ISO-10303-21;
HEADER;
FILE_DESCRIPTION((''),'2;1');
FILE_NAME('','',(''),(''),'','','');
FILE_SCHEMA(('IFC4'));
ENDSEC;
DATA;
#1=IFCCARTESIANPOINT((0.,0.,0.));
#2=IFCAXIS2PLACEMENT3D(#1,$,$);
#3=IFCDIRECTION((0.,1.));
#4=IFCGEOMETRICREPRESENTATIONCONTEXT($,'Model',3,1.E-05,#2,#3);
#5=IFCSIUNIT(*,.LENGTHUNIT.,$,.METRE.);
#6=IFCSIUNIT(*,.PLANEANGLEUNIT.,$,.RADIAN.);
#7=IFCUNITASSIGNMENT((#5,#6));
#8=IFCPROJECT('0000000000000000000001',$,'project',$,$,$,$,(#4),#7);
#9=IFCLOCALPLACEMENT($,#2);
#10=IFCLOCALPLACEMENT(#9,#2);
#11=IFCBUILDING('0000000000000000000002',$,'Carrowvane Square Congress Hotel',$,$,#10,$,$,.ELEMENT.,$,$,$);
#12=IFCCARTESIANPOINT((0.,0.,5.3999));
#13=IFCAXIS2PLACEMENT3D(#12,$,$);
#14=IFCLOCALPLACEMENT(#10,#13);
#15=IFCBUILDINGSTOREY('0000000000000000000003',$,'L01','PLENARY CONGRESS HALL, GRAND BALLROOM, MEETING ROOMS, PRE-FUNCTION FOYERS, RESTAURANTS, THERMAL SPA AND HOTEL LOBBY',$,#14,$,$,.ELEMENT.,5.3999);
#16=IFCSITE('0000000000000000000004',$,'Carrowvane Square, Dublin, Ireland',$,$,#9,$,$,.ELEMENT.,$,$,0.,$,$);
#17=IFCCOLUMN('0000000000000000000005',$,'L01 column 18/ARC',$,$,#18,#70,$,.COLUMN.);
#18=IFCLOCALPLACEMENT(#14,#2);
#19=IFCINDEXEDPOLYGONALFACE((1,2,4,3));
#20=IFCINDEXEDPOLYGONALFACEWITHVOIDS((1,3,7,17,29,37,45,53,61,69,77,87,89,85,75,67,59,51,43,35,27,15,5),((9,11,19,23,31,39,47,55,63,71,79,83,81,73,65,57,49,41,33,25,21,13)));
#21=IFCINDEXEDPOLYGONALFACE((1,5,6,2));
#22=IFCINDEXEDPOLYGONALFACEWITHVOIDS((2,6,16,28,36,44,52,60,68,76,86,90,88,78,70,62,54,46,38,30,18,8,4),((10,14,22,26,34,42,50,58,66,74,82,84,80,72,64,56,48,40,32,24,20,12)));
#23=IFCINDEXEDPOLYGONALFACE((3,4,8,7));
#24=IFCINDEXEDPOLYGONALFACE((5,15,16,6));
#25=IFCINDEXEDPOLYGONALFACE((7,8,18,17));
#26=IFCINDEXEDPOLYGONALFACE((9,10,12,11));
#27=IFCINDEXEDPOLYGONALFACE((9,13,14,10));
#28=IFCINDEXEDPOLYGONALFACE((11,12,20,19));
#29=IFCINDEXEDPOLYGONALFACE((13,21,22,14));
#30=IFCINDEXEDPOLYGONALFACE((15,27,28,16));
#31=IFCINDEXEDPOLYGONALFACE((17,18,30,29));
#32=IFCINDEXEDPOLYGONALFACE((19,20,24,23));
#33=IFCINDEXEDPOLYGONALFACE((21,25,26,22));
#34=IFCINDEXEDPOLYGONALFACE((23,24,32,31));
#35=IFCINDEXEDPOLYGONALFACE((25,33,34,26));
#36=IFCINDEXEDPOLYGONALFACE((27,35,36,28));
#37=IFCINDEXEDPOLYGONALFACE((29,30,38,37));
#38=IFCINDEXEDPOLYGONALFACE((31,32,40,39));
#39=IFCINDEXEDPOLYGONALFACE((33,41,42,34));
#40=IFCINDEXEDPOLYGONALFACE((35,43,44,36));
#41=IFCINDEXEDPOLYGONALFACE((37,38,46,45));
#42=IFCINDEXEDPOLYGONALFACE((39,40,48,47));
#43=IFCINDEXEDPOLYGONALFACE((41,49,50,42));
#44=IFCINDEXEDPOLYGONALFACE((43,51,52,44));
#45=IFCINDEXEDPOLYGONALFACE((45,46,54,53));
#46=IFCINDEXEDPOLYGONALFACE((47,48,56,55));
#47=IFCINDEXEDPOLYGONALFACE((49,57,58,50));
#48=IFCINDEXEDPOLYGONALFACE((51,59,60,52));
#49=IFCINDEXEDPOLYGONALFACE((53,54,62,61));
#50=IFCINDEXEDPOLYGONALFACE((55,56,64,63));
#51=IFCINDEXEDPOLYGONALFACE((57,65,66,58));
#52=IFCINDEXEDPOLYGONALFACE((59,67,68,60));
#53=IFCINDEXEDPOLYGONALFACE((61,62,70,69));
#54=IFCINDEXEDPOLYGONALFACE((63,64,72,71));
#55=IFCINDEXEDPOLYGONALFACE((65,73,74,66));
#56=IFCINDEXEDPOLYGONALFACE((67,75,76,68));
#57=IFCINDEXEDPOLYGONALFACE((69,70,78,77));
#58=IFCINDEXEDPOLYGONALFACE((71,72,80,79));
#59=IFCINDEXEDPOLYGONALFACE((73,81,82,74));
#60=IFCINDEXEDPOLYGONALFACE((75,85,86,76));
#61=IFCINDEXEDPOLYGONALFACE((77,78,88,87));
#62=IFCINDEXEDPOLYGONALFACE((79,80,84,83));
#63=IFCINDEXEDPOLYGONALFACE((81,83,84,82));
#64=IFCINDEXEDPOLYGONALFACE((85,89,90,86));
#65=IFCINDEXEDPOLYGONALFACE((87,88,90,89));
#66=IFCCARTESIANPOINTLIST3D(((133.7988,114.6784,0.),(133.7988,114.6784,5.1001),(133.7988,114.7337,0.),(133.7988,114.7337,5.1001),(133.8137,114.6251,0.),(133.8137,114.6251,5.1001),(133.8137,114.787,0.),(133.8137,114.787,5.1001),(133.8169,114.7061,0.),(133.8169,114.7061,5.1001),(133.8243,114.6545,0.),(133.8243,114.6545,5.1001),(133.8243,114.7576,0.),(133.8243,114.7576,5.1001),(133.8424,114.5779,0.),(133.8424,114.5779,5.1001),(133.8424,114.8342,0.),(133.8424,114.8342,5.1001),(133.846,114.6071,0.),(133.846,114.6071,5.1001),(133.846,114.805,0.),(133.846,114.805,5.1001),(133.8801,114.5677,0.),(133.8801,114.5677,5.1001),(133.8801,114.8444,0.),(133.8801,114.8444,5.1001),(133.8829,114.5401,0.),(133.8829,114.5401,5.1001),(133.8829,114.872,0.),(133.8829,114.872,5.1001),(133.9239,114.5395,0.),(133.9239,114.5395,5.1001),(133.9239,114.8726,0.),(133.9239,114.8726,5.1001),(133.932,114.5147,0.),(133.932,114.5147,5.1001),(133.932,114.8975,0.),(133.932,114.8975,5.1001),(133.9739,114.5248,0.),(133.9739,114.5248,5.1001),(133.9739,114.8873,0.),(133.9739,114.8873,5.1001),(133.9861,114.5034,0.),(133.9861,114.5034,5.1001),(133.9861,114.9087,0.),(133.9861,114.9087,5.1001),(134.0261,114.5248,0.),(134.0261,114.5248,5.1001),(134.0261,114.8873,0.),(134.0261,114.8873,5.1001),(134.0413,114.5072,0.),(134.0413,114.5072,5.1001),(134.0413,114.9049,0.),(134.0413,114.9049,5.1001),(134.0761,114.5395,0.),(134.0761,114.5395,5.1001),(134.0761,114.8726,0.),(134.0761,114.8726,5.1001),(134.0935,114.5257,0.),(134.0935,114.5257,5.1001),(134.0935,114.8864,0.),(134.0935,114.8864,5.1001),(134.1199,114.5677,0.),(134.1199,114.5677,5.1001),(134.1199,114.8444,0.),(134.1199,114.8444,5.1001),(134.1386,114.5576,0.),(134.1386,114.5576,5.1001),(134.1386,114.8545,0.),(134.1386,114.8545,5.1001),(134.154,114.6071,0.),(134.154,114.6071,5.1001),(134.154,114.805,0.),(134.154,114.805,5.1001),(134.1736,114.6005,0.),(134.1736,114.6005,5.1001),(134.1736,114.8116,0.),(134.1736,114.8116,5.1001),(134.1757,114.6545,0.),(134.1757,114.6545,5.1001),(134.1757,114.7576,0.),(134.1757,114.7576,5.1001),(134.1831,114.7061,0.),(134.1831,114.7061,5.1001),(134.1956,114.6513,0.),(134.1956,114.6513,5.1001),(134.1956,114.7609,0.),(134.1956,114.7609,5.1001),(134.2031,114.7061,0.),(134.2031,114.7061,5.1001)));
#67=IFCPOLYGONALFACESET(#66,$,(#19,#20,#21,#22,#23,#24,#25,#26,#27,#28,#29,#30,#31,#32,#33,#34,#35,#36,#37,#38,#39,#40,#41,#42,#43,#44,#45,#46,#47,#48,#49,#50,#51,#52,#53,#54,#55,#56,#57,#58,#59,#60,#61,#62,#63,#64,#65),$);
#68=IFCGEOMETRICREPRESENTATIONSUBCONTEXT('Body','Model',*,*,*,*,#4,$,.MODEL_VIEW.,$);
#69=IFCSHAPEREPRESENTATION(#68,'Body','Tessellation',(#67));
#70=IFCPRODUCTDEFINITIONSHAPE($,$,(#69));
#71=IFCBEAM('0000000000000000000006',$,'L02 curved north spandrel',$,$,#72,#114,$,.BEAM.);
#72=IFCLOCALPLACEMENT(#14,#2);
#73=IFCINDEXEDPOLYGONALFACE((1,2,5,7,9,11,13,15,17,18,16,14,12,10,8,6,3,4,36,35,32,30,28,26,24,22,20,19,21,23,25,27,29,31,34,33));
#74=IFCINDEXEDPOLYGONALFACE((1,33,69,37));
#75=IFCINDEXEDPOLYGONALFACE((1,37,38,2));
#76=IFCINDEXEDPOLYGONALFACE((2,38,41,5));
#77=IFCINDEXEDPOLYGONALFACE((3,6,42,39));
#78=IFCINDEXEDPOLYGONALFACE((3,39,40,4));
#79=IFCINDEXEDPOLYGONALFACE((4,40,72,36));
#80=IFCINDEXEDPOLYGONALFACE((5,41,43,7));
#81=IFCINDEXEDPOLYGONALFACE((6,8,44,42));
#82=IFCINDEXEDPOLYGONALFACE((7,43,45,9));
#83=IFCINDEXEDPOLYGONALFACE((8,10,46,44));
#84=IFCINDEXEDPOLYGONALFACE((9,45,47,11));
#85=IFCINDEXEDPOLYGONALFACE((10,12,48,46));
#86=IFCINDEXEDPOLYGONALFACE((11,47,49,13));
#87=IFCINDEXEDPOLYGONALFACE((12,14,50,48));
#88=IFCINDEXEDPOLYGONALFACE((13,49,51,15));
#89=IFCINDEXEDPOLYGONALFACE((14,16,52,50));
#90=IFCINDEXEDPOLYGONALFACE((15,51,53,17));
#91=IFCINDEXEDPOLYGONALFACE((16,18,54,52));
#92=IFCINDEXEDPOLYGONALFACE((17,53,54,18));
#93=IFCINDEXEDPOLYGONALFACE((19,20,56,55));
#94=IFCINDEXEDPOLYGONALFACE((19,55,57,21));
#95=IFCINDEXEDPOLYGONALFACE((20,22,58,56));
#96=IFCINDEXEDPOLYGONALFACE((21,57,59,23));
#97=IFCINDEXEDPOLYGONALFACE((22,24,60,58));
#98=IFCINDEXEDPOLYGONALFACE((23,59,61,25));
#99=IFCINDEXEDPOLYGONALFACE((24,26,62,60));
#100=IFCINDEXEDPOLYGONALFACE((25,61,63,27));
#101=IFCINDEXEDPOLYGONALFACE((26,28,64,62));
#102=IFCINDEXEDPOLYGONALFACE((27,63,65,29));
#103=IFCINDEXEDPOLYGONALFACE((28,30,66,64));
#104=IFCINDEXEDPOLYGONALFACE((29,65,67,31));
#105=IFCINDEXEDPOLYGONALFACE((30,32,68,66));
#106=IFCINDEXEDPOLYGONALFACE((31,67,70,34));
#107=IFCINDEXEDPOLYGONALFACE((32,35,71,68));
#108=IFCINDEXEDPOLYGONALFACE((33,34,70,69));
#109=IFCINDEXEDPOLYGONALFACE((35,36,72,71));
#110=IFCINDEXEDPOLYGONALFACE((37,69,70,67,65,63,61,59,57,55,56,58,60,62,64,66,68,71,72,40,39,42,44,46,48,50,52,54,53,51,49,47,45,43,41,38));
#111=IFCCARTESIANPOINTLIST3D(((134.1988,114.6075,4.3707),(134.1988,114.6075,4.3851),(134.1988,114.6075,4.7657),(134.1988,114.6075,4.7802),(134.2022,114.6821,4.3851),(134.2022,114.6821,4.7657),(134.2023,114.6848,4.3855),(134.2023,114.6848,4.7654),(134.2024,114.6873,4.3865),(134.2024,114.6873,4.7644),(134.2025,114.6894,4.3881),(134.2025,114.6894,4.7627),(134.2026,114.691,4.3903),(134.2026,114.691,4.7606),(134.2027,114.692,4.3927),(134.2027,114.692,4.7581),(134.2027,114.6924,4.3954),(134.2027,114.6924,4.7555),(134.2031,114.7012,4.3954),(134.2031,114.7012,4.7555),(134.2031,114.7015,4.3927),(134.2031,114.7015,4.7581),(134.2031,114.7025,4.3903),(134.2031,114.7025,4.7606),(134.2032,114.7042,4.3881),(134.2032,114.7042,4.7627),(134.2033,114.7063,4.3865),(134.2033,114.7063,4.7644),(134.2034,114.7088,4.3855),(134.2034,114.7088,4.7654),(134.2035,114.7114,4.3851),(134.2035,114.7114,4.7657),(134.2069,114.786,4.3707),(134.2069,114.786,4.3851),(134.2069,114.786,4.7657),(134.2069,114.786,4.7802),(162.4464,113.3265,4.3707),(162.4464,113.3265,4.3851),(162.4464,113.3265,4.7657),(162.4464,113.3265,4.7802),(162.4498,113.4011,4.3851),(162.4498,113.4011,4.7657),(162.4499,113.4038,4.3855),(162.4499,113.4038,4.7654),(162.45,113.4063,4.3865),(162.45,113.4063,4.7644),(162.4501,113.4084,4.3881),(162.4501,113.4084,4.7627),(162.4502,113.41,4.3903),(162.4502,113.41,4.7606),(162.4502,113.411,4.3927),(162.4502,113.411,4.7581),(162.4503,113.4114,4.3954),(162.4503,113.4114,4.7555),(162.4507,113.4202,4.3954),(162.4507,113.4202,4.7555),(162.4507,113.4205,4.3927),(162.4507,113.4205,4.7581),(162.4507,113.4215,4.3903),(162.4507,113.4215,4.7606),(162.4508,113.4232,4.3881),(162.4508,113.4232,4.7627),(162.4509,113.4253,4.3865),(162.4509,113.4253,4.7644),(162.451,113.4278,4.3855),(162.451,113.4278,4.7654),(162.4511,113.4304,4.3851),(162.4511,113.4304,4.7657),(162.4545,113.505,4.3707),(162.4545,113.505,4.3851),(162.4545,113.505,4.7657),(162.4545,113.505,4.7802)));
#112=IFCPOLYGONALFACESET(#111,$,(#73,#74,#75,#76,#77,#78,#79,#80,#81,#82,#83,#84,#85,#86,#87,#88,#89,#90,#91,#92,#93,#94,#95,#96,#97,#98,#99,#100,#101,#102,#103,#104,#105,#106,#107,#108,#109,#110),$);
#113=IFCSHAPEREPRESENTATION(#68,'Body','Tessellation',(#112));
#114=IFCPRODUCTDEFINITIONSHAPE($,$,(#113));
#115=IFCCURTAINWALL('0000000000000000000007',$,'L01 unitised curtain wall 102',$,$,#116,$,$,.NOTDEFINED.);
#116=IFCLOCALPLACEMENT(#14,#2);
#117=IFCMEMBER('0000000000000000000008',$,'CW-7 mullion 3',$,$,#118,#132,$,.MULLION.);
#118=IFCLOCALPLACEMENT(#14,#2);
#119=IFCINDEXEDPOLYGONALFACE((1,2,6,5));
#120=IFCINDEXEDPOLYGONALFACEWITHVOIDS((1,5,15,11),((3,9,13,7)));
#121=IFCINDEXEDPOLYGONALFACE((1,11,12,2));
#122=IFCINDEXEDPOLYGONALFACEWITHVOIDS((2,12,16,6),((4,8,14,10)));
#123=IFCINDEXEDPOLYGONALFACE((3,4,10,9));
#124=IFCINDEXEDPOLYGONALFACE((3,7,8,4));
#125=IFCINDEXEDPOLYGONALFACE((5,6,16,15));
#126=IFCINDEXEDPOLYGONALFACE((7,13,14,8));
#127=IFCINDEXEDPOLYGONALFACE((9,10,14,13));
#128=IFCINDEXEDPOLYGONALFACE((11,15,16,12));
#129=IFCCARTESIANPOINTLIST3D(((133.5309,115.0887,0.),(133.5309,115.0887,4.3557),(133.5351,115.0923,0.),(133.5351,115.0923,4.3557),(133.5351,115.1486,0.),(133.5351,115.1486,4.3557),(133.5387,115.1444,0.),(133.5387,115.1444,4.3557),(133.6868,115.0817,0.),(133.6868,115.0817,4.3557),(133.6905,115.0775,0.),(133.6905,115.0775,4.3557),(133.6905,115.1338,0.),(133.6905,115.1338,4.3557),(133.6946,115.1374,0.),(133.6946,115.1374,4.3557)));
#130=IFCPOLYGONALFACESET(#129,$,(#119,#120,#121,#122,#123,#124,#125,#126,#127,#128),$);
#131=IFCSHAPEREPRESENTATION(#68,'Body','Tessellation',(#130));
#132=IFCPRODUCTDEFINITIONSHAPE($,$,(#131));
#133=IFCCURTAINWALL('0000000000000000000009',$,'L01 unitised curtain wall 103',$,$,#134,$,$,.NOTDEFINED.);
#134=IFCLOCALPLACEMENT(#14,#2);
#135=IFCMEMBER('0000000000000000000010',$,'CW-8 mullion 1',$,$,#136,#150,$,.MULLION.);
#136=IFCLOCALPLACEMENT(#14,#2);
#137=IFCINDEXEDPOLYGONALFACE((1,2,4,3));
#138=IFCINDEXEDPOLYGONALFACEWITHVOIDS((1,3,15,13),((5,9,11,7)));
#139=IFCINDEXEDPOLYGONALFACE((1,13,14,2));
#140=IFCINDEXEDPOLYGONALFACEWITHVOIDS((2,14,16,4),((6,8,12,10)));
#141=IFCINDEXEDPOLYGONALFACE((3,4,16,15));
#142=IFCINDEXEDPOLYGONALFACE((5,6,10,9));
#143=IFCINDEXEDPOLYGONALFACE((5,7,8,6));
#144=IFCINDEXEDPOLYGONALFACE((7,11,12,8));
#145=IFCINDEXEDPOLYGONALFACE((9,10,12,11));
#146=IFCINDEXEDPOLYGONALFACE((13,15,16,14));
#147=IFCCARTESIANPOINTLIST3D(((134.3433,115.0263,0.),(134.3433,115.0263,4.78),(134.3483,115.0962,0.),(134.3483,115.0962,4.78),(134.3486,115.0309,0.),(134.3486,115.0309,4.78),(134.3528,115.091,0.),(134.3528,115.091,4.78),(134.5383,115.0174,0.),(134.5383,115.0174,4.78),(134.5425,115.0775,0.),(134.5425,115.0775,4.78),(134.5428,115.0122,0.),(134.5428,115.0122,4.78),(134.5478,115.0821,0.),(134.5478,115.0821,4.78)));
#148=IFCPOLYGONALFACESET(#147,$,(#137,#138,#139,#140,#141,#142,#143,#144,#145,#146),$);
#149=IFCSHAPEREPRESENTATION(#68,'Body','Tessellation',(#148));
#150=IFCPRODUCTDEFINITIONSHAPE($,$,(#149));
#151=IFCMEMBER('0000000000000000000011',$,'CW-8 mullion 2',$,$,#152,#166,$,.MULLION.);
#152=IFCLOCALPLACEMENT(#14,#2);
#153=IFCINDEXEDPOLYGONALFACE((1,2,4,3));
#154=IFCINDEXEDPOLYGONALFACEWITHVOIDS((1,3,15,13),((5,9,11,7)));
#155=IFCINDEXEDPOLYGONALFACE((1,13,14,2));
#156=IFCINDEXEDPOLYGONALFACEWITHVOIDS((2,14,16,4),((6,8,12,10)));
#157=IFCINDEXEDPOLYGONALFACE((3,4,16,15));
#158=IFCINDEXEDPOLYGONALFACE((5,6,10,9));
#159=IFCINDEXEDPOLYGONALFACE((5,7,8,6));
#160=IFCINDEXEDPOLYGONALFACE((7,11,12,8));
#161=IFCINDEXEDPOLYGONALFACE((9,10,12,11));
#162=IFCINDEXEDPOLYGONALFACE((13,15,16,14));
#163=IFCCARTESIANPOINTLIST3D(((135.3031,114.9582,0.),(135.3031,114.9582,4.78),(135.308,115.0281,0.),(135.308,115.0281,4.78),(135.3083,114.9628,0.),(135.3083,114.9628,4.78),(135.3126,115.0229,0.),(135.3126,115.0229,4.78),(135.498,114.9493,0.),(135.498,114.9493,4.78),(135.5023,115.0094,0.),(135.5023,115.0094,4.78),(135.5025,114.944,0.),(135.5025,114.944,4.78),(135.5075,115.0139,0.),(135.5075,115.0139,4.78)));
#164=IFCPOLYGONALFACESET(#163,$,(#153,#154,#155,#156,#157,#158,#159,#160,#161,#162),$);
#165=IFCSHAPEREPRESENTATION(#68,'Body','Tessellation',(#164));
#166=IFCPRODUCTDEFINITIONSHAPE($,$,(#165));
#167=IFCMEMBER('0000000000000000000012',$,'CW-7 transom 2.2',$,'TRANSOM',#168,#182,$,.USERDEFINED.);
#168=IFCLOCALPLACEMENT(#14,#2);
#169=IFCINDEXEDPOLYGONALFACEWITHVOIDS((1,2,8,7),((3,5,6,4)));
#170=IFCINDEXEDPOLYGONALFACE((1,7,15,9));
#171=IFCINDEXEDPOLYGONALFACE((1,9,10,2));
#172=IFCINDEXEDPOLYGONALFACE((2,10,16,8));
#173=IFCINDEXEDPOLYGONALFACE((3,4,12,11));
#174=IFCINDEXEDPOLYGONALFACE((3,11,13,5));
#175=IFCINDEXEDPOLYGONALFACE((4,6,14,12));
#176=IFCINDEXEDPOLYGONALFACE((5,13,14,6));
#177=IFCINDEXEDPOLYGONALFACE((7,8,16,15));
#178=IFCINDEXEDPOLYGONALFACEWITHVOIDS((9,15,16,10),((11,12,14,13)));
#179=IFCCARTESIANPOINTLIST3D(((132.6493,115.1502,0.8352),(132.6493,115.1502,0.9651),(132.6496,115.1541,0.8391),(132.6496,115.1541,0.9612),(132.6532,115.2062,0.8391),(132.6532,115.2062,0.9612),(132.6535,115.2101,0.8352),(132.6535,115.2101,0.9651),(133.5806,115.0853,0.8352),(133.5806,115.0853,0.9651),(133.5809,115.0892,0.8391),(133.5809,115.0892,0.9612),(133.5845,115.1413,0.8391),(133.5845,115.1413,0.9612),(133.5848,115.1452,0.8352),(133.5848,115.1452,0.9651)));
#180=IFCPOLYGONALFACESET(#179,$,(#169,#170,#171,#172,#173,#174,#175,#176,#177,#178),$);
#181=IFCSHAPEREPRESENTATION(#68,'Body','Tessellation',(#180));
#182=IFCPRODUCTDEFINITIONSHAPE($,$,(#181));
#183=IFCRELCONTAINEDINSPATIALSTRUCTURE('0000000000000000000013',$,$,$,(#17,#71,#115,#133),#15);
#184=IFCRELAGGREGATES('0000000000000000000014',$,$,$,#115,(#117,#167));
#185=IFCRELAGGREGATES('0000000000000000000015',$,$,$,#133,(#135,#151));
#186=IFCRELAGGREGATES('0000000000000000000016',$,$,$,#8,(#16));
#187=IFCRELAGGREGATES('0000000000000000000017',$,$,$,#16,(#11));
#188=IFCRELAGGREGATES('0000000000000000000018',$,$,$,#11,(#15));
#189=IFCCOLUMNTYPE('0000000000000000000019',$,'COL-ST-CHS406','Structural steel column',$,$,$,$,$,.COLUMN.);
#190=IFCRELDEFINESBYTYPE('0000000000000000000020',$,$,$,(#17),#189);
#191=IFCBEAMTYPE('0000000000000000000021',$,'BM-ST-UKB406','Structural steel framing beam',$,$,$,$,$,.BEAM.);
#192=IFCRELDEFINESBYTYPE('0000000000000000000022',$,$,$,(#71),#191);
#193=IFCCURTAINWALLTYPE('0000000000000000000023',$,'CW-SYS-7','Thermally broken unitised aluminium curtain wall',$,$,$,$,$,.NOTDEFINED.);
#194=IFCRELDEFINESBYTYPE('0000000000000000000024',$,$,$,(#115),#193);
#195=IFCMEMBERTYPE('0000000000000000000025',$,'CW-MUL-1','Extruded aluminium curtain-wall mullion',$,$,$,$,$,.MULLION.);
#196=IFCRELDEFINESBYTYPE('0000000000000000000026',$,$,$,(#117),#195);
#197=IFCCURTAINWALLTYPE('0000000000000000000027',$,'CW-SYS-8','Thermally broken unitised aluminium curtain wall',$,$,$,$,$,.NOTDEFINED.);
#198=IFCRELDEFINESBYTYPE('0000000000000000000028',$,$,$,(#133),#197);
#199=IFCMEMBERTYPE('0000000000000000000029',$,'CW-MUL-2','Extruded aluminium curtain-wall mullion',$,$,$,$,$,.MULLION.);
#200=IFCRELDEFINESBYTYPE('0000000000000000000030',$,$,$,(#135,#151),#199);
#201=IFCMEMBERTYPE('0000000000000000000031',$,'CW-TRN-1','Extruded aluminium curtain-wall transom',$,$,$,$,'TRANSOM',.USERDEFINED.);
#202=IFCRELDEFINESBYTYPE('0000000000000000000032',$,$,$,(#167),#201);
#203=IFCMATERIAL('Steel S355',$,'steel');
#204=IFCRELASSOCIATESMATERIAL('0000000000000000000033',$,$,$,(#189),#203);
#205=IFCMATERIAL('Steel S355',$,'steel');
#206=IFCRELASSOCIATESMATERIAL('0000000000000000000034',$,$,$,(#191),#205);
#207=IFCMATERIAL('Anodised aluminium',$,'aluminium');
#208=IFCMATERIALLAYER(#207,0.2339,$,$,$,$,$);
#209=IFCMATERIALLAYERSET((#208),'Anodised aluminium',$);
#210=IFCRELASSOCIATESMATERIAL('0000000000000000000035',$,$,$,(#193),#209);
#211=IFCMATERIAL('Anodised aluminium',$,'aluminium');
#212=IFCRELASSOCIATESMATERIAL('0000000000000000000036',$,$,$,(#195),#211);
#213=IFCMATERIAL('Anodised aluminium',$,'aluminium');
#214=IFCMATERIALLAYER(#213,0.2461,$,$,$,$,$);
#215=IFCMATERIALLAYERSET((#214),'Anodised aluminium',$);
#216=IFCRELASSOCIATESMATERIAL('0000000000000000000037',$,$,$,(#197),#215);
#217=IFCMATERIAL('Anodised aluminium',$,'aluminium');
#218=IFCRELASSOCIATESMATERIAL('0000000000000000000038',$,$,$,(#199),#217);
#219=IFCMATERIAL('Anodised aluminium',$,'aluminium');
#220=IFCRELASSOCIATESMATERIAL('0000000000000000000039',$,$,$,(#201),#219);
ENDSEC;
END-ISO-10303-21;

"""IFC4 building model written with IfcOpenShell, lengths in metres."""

from ifc_helpers import new_model, si_unit, direction, frame, origin, origin_2d, place, context, subcontext, project, spatial, hollow_rectangle, hollow_circle, i_section, extrude, material, layer, layer_set, material_profile, profile_set, type_object, element, aggregate, save


model = new_model("IFC4")

# Units and contexts
model_context = context("Model", 3, precision=1e-05, world=origin(), true_north=direction((0.0, 1.0)))
body_context = subcontext(model_context, "Body", "Model", "MODEL_VIEW")
ifc_project = project(units=[si_unit("LENGTHUNIT", "METRE"), si_unit("PLANEANGLEUNIT", "RADIAN")], contexts=[model_context])

# Site, building, storey
site_placement = place(None, origin())
site = spatial("IfcSite", under=ifc_project, at=site_placement, Name="Carrowvane Square, Dublin, Ireland", CompositionType="ELEMENT", RefElevation=0.0)
building_placement = place(site_placement, origin())
building = spatial("IfcBuilding", under=site, at=building_placement, Name="Carrowvane Square Congress Hotel", CompositionType="ELEMENT")
storey_placement = place(building_placement, frame((0.0, 0.0, 5.3999)))
storey = spatial("IfcBuildingStorey", under=building, at=storey_placement, Name="L01", Description="PLENARY CONGRESS HALL, GRAND BALLROOM, MEETING ROOMS, PRE-FUNCTION FOYERS, RESTAURANTS, THERMAL SPA AND HOTEL LOBBY", CompositionType="ELEMENT", Elevation=5.3999)

# Column
ifc_material_1 = material(Name="Steel S355", Category="steel")
ifc_material_profile_1 = material_profile(ifc_material_1, hollow_circle(Radius=0.2031, WallThickness=0.02, at=origin_2d()), Name="CHS 406.4x20")
ifc_profile_set_1 = profile_set([ifc_material_profile_1], Name="Steel S355")
column_type = type_object("IfcColumnType", Name="COL-ST-CHS406", Description="Structural steel column", PredefinedType="COLUMN", material=ifc_profile_set_1)
column_placement = place(storey_placement, frame((134.0, 114.7061, 0.0), z_axis=(0.0, 0.0, 1.0), x_axis=(1.0, 0.0, 0.0)))
element("IfcColumn", 1, at=column_placement, inside=storey, type_object=column_type, Name="L01 column 18/ARC", PredefinedType="COLUMN", context=body_context, shape_type="SweptSolid", body=[
    extrude(hollow_circle(Radius=0.2031, WallThickness=0.02, at=origin_2d()), origin(), (0.0, 0.0, 1.0), 5.1001),
])

# Beam
ifc_material_2 = material(Name="Steel S355", Category="steel")
ifc_material_profile_2 = material_profile(ifc_material_2, i_section(OverallWidth=0.1787, OverallDepth=0.4094, WebThickness=0.0088, FlangeThickness=0.0144, FilletRadius=0.0103, at=origin_2d()), Name="UKB 406x178x67")
ifc_profile_set_2 = profile_set([ifc_material_profile_2], Name="Steel S355")
beam_type = type_object("IfcBeamType", Name="BM-ST-UKB406", Description="Structural steel framing beam", PredefinedType="BEAM", material=ifc_profile_set_2)
beam_placement = place(storey_placement, frame((134.2029, 114.6968, 4.5754), z_axis=(0.998973, -0.045303, 0.0), x_axis=(0.045303, 0.998973, 0.0)))
element("IfcBeam", 2, at=beam_placement, inside=storey, type_object=beam_type, Name="L02 curved north spandrel", PredefinedType="BEAM", context=body_context, shape_type="SweptSolid", body=[
    extrude(i_section(OverallWidth=0.1787, OverallDepth=0.4094, WebThickness=0.0088, FlangeThickness=0.0144, FilletRadius=0.0103, at=origin_2d()), origin(), (0.0, 0.0, 1.0), 28.2766),
])

# Curtain wall, member
ifc_material_3 = material(Name="Anodised aluminium", Category="aluminium")
ifc_layer_1 = layer(ifc_material_3, 0.2339)
ifc_layer_set_1 = layer_set([ifc_layer_1], Name="Anodised aluminium")
curtain_wall_type_1 = type_object("IfcCurtainWallType", Name="CW-SYS-7", Description="Thermally broken unitised aluminium curtain wall", PredefinedType="NOTDEFINED", material=ifc_layer_set_1)
curtain_wall_1_placement = place(storey_placement, origin())
curtain_wall_1 = element("IfcCurtainWall", 3, at=curtain_wall_1_placement, inside=storey, type_object=curtain_wall_type_1, Name="L01 unitised curtain wall 102", PredefinedType="NOTDEFINED")
ifc_material_4 = material(Name="Anodised aluminium", Category="aluminium")
ifc_material_profile_3 = material_profile(ifc_material_4, hollow_rectangle(XDim=0.0601, YDim=0.1599, WallThickness=0.0039, at=origin_2d()), Name="CW-ML 60x160x4")
ifc_profile_set_3 = profile_set([ifc_material_profile_3], Name="Anodised aluminium")
member_type_1 = type_object("IfcMemberType", Name="CW-MUL-1", Description="Extruded aluminium curtain-wall mullion", PredefinedType="MULLION", material=ifc_profile_set_3)
member_1_placement = place(storey_placement, frame((133.6128, 115.113, 0.0), z_axis=(0.0, 0.0, 1.0), x_axis=(0.069727, 0.997566, 0.0)))
member_1 = element("IfcMember", 4, at=member_1_placement, type_object=member_type_1, Name="CW-7 mullion 3", PredefinedType="MULLION", context=body_context, shape_type="SweptSolid", body=[
    extrude(hollow_rectangle(XDim=0.0601, YDim=0.1599, WallThickness=0.0039, at=origin_2d()), origin(), (0.0, 0.0, 1.0), 4.3557),
])

# Curtain wall, members
ifc_material_5 = material(Name="Anodised aluminium", Category="aluminium")
ifc_layer_2 = layer(ifc_material_5, 0.2461)
ifc_layer_set_2 = layer_set([ifc_layer_2], Name="Anodised aluminium")
curtain_wall_type_2 = type_object("IfcCurtainWallType", Name="CW-SYS-8", Description="Thermally broken unitised aluminium curtain wall", PredefinedType="NOTDEFINED", material=ifc_layer_set_2)
curtain_wall_2_placement = place(storey_placement, origin())
curtain_wall_2 = element("IfcCurtainWall", 5, at=curtain_wall_2_placement, inside=storey, type_object=curtain_wall_type_2, Name="L01 unitised curtain wall 103", PredefinedType="NOTDEFINED")
ifc_material_6 = material(Name="Anodised aluminium", Category="aluminium")
ifc_material_profile_4 = material_profile(ifc_material_6, hollow_rectangle(XDim=0.0701, YDim=0.2, WallThickness=0.0049, at=origin_2d()), Name="CW-ML 70x200x5")
ifc_profile_set_4 = profile_set([ifc_material_profile_4], Name="Anodised aluminium")
member_type_2 = type_object("IfcMemberType", Name="CW-MUL-2", Description="Extruded aluminium curtain-wall mullion", PredefinedType="MULLION", material=ifc_profile_set_4)
member_2_placement = place(storey_placement, frame((134.4456, 115.0542, 0.0), z_axis=(0.0, 0.0, 1.0), x_axis=(0.07096, 0.997479, 0.0)))
member_2 = element("IfcMember", 6, at=member_2_placement, type_object=member_type_2, Name="CW-8 mullion 1", PredefinedType="MULLION", context=body_context, shape_type="SweptSolid", body=[
    extrude(hollow_rectangle(XDim=0.0701, YDim=0.2, WallThickness=0.0049, at=origin_2d()), origin(), (0.0, 0.0, 1.0), 4.78),
])
member_3_placement = place(storey_placement, frame((135.4053, 114.9861, 0.0), z_axis=(0.0, 0.0, 1.0), x_axis=(0.07096, 0.997479, 0.0)))
member_3 = element("IfcMember", 7, at=member_3_placement, type_object=member_type_2, Name="CW-8 mullion 2", PredefinedType="MULLION", context=body_context, shape_type="SweptSolid", body=[
    extrude(hollow_rectangle(XDim=0.0701, YDim=0.2, WallThickness=0.0049, at=origin_2d()), origin(), (0.0, 0.0, 1.0), 4.78),
])

# Member
ifc_material_7 = material(Name="Anodised aluminium", Category="aluminium")
ifc_material_profile_5 = material_profile(ifc_material_7, hollow_rectangle(XDim=0.0601, YDim=0.1299, WallThickness=0.0039, at=origin_2d()), Name="CW-TR 60x130x4")
ifc_profile_set_5 = profile_set([ifc_material_profile_5], Name="Anodised aluminium")
member_type_3 = type_object("IfcMemberType", Name="CW-TRN-1", Description="Extruded aluminium curtain-wall transom", ElementType="TRANSOM", PredefinedType="USERDEFINED", material=ifc_profile_set_5)
member_4_placement = place(storey_placement, frame((132.6514, 115.1802, 0.9001), z_axis=(0.997578, -0.069556, 0.0), x_axis=(0.069556, 0.997578, 0.0)))
member_4 = element("IfcMember", 8, at=member_4_placement, type_object=member_type_3, Name="CW-7 transom 2.2", ObjectType="TRANSOM", PredefinedType="USERDEFINED", context=body_context, shape_type="SweptSolid", body=[
    extrude(hollow_rectangle(XDim=0.0601, YDim=0.1299, WallThickness=0.0039, at=origin_2d()), origin(), (0.0, 0.0, 1.0), 0.9336),
])

aggregate(curtain_wall_1, [member_1, member_4])
aggregate(curtain_wall_2, [member_2, member_3])

save(model, "model.ifc")
